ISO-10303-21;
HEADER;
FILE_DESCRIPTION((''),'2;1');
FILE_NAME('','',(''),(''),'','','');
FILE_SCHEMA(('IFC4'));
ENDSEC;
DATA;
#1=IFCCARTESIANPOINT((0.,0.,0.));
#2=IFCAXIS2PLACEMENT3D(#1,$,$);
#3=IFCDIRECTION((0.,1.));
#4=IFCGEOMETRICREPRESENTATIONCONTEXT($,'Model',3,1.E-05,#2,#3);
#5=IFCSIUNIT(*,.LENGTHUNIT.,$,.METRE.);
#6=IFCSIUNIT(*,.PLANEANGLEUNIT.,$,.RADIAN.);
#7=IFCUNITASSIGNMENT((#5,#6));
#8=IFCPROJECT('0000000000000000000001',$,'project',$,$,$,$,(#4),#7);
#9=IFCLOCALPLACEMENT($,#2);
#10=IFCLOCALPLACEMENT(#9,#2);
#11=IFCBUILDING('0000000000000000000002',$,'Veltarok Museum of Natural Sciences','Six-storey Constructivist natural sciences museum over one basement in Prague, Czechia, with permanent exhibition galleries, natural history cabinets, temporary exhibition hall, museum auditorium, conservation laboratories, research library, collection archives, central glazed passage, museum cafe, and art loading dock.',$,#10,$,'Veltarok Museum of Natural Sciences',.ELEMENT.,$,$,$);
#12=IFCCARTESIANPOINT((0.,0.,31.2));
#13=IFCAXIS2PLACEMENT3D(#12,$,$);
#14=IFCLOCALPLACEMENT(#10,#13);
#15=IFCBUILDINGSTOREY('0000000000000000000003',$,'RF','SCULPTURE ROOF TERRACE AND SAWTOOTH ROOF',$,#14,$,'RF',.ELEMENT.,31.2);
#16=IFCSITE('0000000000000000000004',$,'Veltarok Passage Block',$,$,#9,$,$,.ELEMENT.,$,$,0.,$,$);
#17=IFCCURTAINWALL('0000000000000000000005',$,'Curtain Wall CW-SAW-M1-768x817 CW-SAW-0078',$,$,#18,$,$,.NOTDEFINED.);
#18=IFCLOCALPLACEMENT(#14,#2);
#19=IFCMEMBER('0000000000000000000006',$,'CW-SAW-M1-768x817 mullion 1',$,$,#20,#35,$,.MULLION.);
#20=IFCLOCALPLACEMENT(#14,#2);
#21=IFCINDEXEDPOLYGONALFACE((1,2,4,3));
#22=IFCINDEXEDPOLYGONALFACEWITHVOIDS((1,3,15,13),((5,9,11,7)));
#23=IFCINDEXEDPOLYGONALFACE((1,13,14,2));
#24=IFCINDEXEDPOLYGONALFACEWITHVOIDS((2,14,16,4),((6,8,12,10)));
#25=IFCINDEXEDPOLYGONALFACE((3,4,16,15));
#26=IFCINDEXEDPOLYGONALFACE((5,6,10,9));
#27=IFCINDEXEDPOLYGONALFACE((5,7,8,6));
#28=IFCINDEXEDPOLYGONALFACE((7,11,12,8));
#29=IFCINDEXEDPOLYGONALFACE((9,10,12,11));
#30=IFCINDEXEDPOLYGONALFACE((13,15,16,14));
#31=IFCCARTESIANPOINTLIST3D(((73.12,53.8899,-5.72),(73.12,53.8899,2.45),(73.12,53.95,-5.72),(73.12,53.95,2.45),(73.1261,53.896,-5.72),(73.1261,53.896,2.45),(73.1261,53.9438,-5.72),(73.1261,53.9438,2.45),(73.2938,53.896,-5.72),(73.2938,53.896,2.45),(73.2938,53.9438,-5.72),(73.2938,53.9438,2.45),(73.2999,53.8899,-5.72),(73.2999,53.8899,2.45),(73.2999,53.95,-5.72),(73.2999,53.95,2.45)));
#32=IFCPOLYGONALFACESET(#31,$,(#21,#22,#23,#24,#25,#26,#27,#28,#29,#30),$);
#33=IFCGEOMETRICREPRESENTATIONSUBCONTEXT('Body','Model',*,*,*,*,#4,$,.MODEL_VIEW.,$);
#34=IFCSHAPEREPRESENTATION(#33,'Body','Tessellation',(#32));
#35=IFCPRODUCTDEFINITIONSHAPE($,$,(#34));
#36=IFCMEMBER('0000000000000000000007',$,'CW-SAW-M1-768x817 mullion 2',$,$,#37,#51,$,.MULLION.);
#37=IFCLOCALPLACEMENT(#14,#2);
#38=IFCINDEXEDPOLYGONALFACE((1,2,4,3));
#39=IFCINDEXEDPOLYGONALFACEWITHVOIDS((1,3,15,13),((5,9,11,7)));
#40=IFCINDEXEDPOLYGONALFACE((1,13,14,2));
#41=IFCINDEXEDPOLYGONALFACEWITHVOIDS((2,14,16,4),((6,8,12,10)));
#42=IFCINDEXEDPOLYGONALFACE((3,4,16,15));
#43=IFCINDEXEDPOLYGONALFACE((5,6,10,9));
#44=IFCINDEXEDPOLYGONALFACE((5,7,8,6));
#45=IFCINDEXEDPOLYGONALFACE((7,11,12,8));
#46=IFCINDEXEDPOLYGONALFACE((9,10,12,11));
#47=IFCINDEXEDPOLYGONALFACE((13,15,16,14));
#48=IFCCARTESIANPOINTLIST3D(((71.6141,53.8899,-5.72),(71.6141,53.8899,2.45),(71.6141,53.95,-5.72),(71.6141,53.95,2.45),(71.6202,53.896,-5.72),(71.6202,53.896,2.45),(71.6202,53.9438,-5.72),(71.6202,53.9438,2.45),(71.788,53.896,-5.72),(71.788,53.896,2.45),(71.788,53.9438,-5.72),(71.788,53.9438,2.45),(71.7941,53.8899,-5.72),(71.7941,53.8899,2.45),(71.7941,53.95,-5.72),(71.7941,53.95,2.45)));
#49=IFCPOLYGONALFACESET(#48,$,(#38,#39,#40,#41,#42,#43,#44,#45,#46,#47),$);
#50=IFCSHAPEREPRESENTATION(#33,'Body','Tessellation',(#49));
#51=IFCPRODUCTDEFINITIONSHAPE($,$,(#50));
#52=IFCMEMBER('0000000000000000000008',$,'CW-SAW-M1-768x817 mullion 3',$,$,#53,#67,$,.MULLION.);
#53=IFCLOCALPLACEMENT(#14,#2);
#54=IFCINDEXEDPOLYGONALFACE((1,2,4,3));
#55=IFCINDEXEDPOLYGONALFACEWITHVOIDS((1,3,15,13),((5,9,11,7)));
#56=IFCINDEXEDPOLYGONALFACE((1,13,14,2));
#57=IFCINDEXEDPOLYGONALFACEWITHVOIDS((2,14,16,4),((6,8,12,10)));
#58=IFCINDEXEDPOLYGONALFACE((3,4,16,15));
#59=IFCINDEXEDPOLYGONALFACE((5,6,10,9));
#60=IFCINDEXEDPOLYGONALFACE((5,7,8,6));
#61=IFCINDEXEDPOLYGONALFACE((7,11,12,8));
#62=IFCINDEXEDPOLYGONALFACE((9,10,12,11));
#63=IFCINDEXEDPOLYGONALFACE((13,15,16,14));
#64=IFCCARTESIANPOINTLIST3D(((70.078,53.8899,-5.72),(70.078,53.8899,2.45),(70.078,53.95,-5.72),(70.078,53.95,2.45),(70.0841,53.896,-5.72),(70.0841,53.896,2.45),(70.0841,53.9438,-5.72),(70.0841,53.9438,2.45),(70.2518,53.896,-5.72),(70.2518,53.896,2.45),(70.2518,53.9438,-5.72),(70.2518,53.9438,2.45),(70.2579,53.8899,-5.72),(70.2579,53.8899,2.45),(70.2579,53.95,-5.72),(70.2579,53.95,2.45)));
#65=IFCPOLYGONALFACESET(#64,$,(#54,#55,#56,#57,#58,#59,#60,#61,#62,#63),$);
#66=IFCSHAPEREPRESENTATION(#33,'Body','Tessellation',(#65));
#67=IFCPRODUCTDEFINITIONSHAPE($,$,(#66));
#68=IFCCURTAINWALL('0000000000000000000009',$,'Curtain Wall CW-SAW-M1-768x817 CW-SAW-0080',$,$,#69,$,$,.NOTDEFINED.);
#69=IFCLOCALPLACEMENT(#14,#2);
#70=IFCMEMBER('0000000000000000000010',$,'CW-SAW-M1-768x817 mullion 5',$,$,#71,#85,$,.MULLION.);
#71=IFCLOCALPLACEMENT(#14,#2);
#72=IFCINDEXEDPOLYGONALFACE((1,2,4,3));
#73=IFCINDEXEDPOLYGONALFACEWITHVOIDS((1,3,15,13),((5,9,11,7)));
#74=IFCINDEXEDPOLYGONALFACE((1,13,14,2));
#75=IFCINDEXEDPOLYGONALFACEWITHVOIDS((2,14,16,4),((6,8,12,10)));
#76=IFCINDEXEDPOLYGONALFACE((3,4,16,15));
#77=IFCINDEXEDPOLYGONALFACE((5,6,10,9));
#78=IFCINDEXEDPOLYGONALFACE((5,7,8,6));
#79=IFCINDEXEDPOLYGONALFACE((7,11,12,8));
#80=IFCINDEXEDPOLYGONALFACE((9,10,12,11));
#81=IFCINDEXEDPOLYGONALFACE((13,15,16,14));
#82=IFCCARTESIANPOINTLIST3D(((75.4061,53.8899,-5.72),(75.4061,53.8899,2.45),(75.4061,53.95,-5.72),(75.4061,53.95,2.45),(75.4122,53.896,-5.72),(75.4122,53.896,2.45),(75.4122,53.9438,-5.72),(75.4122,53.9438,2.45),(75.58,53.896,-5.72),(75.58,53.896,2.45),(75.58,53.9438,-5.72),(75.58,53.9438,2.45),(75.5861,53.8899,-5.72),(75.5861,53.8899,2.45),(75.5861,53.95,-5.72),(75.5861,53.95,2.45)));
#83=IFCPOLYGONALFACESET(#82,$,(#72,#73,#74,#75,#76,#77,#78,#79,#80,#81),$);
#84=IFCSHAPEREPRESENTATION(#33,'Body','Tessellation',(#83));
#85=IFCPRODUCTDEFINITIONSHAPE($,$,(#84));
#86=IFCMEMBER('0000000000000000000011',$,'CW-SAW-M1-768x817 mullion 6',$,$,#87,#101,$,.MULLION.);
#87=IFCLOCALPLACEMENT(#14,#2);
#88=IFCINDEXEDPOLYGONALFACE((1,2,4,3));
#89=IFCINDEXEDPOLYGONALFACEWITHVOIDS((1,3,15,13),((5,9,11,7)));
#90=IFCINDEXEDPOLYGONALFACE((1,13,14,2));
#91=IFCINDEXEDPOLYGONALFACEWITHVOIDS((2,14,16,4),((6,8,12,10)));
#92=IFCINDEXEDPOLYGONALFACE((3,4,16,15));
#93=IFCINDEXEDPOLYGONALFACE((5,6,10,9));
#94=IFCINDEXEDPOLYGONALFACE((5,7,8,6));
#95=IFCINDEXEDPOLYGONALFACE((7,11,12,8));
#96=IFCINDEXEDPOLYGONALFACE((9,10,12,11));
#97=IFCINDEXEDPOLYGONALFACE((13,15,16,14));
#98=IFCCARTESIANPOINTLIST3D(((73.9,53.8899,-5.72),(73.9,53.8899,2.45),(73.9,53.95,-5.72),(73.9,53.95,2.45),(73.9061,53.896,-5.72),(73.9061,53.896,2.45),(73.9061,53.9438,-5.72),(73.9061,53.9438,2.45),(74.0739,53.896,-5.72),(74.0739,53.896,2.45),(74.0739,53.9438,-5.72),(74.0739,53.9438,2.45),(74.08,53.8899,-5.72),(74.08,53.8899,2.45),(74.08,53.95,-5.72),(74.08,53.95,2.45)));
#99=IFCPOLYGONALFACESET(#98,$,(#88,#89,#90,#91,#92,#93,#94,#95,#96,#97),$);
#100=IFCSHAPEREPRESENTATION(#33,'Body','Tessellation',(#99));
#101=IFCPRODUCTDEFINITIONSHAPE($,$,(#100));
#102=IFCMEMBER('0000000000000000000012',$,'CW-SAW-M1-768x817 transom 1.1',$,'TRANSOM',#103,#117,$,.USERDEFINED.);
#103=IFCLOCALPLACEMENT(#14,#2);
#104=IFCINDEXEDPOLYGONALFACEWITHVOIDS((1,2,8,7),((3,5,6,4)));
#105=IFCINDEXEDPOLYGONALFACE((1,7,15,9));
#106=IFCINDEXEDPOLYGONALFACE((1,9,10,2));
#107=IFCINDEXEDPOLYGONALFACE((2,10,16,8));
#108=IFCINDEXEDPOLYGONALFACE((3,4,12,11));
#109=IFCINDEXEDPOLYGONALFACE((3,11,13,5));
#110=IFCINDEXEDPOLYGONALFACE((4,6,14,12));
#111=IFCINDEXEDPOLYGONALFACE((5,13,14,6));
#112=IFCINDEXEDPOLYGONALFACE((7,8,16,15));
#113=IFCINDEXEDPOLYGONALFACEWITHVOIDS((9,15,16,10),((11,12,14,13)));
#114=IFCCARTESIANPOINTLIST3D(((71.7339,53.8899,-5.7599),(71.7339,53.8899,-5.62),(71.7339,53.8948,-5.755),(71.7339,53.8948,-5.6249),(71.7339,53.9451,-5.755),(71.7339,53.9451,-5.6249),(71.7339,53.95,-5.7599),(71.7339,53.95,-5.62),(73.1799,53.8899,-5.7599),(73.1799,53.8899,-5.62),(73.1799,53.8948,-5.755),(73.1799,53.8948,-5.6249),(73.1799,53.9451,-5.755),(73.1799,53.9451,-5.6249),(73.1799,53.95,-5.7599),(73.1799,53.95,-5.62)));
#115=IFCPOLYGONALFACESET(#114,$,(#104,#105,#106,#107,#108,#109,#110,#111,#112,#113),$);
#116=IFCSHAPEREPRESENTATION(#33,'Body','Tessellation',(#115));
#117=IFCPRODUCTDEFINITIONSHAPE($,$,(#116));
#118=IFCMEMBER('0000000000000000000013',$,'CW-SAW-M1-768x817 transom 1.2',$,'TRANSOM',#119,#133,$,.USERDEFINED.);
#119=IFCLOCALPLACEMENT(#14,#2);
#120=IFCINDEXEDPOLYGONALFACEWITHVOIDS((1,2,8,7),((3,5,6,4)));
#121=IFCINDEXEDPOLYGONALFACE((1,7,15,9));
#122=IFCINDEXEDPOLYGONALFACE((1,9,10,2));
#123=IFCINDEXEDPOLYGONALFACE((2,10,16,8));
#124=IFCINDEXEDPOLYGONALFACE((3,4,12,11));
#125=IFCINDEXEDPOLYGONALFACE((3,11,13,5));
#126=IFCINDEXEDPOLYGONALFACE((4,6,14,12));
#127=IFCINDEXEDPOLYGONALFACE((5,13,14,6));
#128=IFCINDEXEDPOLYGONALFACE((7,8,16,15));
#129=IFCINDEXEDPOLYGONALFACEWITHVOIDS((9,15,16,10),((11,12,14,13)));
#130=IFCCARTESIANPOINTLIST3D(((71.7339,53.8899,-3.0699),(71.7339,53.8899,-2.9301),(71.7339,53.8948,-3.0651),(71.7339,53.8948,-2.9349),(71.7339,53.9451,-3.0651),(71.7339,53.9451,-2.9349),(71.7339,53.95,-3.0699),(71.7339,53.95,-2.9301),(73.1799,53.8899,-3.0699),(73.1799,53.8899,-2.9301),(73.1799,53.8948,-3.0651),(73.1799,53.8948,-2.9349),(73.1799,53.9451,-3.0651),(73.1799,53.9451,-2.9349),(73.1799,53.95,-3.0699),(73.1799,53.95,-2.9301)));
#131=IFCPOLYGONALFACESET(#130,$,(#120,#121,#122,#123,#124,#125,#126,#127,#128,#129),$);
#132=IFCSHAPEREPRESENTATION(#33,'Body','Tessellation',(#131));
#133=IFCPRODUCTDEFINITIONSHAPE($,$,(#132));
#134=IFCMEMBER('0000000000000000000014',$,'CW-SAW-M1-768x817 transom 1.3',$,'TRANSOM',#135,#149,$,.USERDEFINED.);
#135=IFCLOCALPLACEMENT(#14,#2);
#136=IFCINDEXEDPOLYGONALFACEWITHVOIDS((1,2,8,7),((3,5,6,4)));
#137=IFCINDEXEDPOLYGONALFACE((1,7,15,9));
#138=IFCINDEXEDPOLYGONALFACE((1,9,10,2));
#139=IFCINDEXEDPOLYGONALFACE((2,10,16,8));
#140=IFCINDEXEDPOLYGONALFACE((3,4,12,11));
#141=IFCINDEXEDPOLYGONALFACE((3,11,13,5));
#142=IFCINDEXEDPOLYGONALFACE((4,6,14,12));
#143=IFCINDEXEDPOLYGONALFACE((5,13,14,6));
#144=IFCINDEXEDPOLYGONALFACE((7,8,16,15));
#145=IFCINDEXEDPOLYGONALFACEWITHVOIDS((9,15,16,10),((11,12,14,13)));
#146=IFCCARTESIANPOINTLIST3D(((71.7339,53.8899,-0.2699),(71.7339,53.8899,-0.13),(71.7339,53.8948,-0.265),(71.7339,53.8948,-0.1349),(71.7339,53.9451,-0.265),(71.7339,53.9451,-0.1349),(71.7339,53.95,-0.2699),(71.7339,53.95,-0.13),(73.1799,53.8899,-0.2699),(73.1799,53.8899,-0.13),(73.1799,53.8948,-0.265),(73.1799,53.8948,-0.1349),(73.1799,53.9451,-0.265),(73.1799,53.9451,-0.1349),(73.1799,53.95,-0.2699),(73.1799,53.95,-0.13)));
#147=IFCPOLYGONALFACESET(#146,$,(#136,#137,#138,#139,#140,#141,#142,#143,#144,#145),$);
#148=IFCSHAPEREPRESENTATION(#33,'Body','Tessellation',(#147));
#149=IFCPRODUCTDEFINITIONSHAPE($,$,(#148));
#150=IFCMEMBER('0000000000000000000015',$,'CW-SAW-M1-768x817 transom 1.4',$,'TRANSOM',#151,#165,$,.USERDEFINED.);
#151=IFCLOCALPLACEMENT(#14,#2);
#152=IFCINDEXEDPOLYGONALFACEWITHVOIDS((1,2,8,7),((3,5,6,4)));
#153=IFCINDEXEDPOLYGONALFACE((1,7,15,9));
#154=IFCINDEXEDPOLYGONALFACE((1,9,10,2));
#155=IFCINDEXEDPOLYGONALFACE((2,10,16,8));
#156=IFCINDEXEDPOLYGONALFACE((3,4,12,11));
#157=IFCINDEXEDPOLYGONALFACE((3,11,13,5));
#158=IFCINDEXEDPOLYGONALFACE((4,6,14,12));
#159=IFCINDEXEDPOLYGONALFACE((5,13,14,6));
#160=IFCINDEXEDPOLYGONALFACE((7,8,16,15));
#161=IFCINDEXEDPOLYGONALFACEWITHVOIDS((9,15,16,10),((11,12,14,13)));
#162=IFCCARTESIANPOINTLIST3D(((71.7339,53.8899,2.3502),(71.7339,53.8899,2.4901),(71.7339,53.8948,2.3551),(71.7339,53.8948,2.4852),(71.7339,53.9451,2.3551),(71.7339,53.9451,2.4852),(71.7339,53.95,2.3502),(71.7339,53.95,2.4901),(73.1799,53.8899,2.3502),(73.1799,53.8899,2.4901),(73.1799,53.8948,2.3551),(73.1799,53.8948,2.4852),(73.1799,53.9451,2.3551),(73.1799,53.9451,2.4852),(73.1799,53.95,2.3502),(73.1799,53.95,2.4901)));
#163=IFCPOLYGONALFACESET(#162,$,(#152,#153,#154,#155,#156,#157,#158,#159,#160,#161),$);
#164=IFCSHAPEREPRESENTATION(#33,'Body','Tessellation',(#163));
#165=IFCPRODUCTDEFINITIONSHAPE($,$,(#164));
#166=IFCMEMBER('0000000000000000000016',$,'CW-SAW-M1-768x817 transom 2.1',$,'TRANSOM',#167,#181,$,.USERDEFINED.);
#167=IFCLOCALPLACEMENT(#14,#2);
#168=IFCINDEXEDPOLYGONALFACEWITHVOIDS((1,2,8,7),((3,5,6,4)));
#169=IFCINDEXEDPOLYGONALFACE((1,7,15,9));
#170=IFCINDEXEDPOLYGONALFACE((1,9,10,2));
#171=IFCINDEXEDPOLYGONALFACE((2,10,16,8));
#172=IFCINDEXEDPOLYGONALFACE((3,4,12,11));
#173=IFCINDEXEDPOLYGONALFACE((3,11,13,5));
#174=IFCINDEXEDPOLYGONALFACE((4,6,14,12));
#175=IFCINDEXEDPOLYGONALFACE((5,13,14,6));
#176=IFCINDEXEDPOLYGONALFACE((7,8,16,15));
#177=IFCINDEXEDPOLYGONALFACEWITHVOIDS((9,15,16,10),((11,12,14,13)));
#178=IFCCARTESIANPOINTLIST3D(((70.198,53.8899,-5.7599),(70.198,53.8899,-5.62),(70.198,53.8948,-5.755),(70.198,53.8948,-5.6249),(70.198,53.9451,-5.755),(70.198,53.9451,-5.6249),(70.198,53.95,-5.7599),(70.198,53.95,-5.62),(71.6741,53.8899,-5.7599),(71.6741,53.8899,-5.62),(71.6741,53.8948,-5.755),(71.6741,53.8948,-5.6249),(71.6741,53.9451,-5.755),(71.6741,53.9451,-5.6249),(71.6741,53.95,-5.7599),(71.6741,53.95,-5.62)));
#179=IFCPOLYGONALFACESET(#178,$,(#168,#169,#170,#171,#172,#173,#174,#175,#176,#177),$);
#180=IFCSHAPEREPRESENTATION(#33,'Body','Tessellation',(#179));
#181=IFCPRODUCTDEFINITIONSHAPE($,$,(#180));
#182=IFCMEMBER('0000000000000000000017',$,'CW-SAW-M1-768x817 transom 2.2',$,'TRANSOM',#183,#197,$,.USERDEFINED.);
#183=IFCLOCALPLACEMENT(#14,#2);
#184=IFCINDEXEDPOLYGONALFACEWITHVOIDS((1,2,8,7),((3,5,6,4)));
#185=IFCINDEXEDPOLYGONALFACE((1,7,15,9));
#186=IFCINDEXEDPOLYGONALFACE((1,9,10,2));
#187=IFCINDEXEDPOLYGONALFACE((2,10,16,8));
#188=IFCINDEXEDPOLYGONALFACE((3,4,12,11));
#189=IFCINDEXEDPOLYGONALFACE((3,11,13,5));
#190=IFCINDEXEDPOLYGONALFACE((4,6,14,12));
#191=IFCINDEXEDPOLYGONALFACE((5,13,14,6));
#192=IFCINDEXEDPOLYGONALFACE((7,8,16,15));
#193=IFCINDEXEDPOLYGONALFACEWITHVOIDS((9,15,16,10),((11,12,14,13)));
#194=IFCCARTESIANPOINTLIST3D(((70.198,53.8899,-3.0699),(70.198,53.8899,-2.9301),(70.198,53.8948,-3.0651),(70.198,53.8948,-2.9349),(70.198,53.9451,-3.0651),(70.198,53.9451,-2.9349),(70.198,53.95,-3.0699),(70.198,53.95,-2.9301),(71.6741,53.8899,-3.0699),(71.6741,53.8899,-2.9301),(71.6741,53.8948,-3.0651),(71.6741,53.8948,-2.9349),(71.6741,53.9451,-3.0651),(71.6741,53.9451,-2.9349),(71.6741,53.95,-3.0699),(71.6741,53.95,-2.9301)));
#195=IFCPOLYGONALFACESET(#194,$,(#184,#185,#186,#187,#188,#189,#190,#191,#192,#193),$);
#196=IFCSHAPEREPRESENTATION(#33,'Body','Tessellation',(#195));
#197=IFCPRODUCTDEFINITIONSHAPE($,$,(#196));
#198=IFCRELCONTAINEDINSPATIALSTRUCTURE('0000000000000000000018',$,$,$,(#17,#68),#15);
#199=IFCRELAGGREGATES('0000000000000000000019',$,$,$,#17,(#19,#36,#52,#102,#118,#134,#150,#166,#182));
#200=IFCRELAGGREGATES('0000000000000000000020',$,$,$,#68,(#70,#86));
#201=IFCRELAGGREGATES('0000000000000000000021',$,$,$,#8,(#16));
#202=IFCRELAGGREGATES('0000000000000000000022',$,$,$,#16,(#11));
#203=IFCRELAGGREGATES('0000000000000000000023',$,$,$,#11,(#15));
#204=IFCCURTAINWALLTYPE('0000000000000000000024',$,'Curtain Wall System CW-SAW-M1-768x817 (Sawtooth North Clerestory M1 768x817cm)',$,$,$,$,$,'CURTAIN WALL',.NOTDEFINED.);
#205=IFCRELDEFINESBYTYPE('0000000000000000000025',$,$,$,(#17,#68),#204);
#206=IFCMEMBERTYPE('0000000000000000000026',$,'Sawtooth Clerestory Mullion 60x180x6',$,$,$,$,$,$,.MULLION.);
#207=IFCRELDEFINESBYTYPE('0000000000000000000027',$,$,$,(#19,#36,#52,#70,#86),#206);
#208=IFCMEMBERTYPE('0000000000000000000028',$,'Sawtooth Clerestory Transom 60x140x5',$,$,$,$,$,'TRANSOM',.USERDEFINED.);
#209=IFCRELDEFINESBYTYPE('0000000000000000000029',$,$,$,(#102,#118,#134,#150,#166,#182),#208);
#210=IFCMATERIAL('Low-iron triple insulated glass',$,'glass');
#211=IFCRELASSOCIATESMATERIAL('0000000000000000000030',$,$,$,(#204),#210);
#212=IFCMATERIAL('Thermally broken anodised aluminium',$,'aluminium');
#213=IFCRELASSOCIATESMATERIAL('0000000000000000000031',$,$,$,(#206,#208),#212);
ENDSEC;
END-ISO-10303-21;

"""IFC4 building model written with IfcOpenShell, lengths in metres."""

from ifc_helpers import new_model, si_unit, direction, frame, origin, origin_2d, place, context, subcontext, project, spatial, hollow_rectangle, extrude, material, material_profile, profile_set, type_object, element, aggregate, save


model = new_model("IFC4")

# Units and contexts
model_context = context("Model", 3, precision=1e-05, world=origin(), true_north=direction((0.0, 1.0)))
body_context = subcontext(model_context, "Body", "Model", "MODEL_VIEW")
ifc_project = project(units=[si_unit("LENGTHUNIT", "METRE"), si_unit("PLANEANGLEUNIT", "RADIAN")], contexts=[model_context])

# Site, building, storey
site_placement = place(None, origin())
site = spatial("IfcSite", under=ifc_project, at=site_placement, Name="Veltarok Passage Block", CompositionType="ELEMENT", RefElevation=0.0)
building_placement = place(site_placement, origin())
building = spatial("IfcBuilding", under=site, at=building_placement, Name="Veltarok Museum of Natural Sciences", Description="Six-storey Constructivist natural sciences museum over one basement in Prague, Czechia, with permanent exhibition galleries, natural history cabinets, temporary exhibition hall, museum auditorium, conservation laboratories, research library, collection archives, central glazed passage, museum cafe, and art loading dock.", LongName="Veltarok Museum of Natural Sciences", CompositionType="ELEMENT")
storey_placement = place(building_placement, frame((0.0, 0.0, 31.2)))
storey = spatial("IfcBuildingStorey", under=building, at=storey_placement, Name="RF", Description="SCULPTURE ROOF TERRACE AND SAWTOOTH ROOF", LongName="RF", CompositionType="ELEMENT", Elevation=31.2)

# Curtain walls, members
ifc_material_1 = material(Name="Low-iron triple insulated glass", Category="glass")
curtain_wall_type = type_object("IfcCurtainWallType", Name="Curtain Wall System CW-SAW-M1-768x817 (Sawtooth North Clerestory M1 768x817cm)", ElementType="CURTAIN WALL", PredefinedType="NOTDEFINED", material=ifc_material_1)
curtain_wall_1_placement = place(storey_placement, origin())
curtain_wall_1 = element("IfcCurtainWall", 1, at=curtain_wall_1_placement, inside=storey, type_object=curtain_wall_type, Name="Curtain Wall CW-SAW-M1-768x817 CW-SAW-0078", PredefinedType="NOTDEFINED")
ifc_material_2 = material(Name="Thermally broken anodised aluminium", Category="aluminium")
ifc_material_profile_1 = material_profile(ifc_material_2, hollow_rectangle(XDim=0.0601, YDim=0.1799, WallThickness=0.0061, at=origin_2d()), Name="CW MULLION 60x180x6")
ifc_profile_set_1 = profile_set([ifc_material_profile_1], Name="Thermally broken anodised aluminium")
member_type_1 = type_object("IfcMemberType", Name="Sawtooth Clerestory Mullion 60x180x6", PredefinedType="MULLION", material=ifc_profile_set_1)
member_1_placement = place(storey_placement, frame((73.21, 53.9199, -5.72), z_axis=(0.0, 0.0, 1.0), x_axis=(0.0, -1.0, 0.0)))
member_1 = element("IfcMember", 2, at=member_1_placement, type_object=member_type_1, Name="CW-SAW-M1-768x817 mullion 1", PredefinedType="MULLION", context=body_context, shape_type="SweptSolid", body=[
    extrude(hollow_rectangle(XDim=0.0601, YDim=0.1799, WallThickness=0.0061, at=origin_2d()), origin(), (0.0, 0.0, 1.0), 8.1699),
])
member_2_placement = place(storey_placement, frame((71.7041, 53.9199, -5.72), z_axis=(0.0, 0.0, 1.0), x_axis=(0.0, -1.0, 0.0)))
member_2 = element("IfcMember", 3, at=member_2_placement, type_object=member_type_1, Name="CW-SAW-M1-768x817 mullion 2", PredefinedType="MULLION", context=body_context, shape_type="SweptSolid", body=[
    extrude(hollow_rectangle(XDim=0.0601, YDim=0.1799, WallThickness=0.0061, at=origin_2d()), origin(), (0.0, 0.0, 1.0), 8.1699),
])
member_3_placement = place(storey_placement, frame((70.168, 53.9199, -5.72), z_axis=(0.0, 0.0, 1.0), x_axis=(0.0, -1.0, 0.0)))
member_3 = element("IfcMember", 4, at=member_3_placement, type_object=member_type_1, Name="CW-SAW-M1-768x817 mullion 3", PredefinedType="MULLION", context=body_context, shape_type="SweptSolid", body=[
    extrude(hollow_rectangle(XDim=0.0601, YDim=0.1799, WallThickness=0.0061, at=origin_2d()), origin(), (0.0, 0.0, 1.0), 8.1699),
])
curtain_wall_2_placement = place(storey_placement, origin())
curtain_wall_2 = element("IfcCurtainWall", 5, at=curtain_wall_2_placement, inside=storey, type_object=curtain_wall_type, Name="Curtain Wall CW-SAW-M1-768x817 CW-SAW-0080", PredefinedType="NOTDEFINED")
member_4_placement = place(storey_placement, frame((75.4961, 53.9199, -5.72), z_axis=(0.0, 0.0, 1.0), x_axis=(0.0, -1.0, 0.0)))
member_4 = element("IfcMember", 6, at=member_4_placement, type_object=member_type_1, Name="CW-SAW-M1-768x817 mullion 5", PredefinedType="MULLION", context=body_context, shape_type="SweptSolid", body=[
    extrude(hollow_rectangle(XDim=0.0601, YDim=0.1799, WallThickness=0.0061, at=origin_2d()), origin(), (0.0, 0.0, 1.0), 8.1699),
])
member_5_placement = place(storey_placement, frame((73.99, 53.9199, -5.72), z_axis=(0.0, 0.0, 1.0), x_axis=(0.0, -1.0, 0.0)))
member_5 = element("IfcMember", 7, at=member_5_placement, type_object=member_type_1, Name="CW-SAW-M1-768x817 mullion 6", PredefinedType="MULLION", context=body_context, shape_type="SweptSolid", body=[
    extrude(hollow_rectangle(XDim=0.0601, YDim=0.1799, WallThickness=0.0061, at=origin_2d()), origin(), (0.0, 0.0, 1.0), 8.1699),
])

# Members
ifc_material_profile_2 = material_profile(ifc_material_2, hollow_rectangle(XDim=0.0601, YDim=0.1399, WallThickness=0.0049, at=origin_2d()), Name="CW TRANSOM 60x140x5")
ifc_profile_set_2 = profile_set([ifc_material_profile_2], Name="Thermally broken anodised aluminium")
member_type_2 = type_object("IfcMemberType", Name="Sawtooth Clerestory Transom 60x140x5", ElementType="TRANSOM", PredefinedType="USERDEFINED", material=ifc_profile_set_2)
member_6_placement = place(storey_placement, frame((73.1799, 53.9199, -5.6899), z_axis=(-1.0, 0.0, 0.0), x_axis=(0.0, -1.0, 0.0)))
member_6 = element("IfcMember", 8, at=member_6_placement, type_object=member_type_2, Name="CW-SAW-M1-768x817 transom 1.1", ObjectType="TRANSOM", PredefinedType="USERDEFINED", context=body_context, shape_type="SweptSolid", body=[
    extrude(hollow_rectangle(XDim=0.0601, YDim=0.1399, WallThickness=0.0049, at=origin_2d()), origin(), (0.0, 0.0, 1.0), 1.446),
])
member_7_placement = place(storey_placement, frame((73.1799, 53.9199, -3.0), z_axis=(-1.0, 0.0, 0.0), x_axis=(0.0, -1.0, 0.0)))
member_7 = element("IfcMember", 9, at=member_7_placement, type_object=member_type_2, Name="CW-SAW-M1-768x817 transom 1.2", ObjectType="TRANSOM", PredefinedType="USERDEFINED", context=body_context, shape_type="SweptSolid", body=[
    extrude(hollow_rectangle(XDim=0.0601, YDim=0.1399, WallThickness=0.0049, at=origin_2d()), origin(), (0.0, 0.0, 1.0), 1.446),
])
member_8_placement = place(storey_placement, frame((73.1799, 53.9199, -0.2), z_axis=(-1.0, 0.0, 0.0), x_axis=(0.0, -1.0, 0.0)))
member_8 = element("IfcMember", 10, at=member_8_placement, type_object=member_type_2, Name="CW-SAW-M1-768x817 transom 1.3", ObjectType="TRANSOM", PredefinedType="USERDEFINED", context=body_context, shape_type="SweptSolid", body=[
    extrude(hollow_rectangle(XDim=0.0601, YDim=0.1399, WallThickness=0.0049, at=origin_2d()), origin(), (0.0, 0.0, 1.0), 1.446),
])
member_9_placement = place(storey_placement, frame((73.1799, 53.9199, 2.4202), z_axis=(-1.0, 0.0, 0.0), x_axis=(0.0, -1.0, 0.0)))
member_9 = element("IfcMember", 11, at=member_9_placement, type_object=member_type_2, Name="CW-SAW-M1-768x817 transom 1.4", ObjectType="TRANSOM", PredefinedType="USERDEFINED", context=body_context, shape_type="SweptSolid", body=[
    extrude(hollow_rectangle(XDim=0.0601, YDim=0.1399, WallThickness=0.0049, at=origin_2d()), origin(), (0.0, 0.0, 1.0), 1.446),
])
member_10_placement = place(storey_placement, frame((71.6741, 53.9199, -5.6899), z_axis=(-1.0, 0.0, 0.0), x_axis=(0.0, -1.0, 0.0)))
member_10 = element("IfcMember", 12, at=member_10_placement, type_object=member_type_2, Name="CW-SAW-M1-768x817 transom 2.1", ObjectType="TRANSOM", PredefinedType="USERDEFINED", context=body_context, shape_type="SweptSolid", body=[
    extrude(hollow_rectangle(XDim=0.0601, YDim=0.1399, WallThickness=0.0049, at=origin_2d()), origin(), (0.0, 0.0, 1.0), 1.4761),
])
member_11_placement = place(storey_placement, frame((71.6741, 53.9199, -3.0), z_axis=(-1.0, 0.0, 0.0), x_axis=(0.0, -1.0, 0.0)))
member_11 = element("IfcMember", 13, at=member_11_placement, type_object=member_type_2, Name="CW-SAW-M1-768x817 transom 2.2", ObjectType="TRANSOM", PredefinedType="USERDEFINED", context=body_context, shape_type="SweptSolid", body=[
    extrude(hollow_rectangle(XDim=0.0601, YDim=0.1399, WallThickness=0.0049, at=origin_2d()), origin(), (0.0, 0.0, 1.0), 1.4761),
])

aggregate(curtain_wall_1, [member_1, member_2, member_3, member_6, member_7, member_8, member_9, member_10, member_11])
aggregate(curtain_wall_2, [member_4, member_5])

save(model, "model.ifc")
